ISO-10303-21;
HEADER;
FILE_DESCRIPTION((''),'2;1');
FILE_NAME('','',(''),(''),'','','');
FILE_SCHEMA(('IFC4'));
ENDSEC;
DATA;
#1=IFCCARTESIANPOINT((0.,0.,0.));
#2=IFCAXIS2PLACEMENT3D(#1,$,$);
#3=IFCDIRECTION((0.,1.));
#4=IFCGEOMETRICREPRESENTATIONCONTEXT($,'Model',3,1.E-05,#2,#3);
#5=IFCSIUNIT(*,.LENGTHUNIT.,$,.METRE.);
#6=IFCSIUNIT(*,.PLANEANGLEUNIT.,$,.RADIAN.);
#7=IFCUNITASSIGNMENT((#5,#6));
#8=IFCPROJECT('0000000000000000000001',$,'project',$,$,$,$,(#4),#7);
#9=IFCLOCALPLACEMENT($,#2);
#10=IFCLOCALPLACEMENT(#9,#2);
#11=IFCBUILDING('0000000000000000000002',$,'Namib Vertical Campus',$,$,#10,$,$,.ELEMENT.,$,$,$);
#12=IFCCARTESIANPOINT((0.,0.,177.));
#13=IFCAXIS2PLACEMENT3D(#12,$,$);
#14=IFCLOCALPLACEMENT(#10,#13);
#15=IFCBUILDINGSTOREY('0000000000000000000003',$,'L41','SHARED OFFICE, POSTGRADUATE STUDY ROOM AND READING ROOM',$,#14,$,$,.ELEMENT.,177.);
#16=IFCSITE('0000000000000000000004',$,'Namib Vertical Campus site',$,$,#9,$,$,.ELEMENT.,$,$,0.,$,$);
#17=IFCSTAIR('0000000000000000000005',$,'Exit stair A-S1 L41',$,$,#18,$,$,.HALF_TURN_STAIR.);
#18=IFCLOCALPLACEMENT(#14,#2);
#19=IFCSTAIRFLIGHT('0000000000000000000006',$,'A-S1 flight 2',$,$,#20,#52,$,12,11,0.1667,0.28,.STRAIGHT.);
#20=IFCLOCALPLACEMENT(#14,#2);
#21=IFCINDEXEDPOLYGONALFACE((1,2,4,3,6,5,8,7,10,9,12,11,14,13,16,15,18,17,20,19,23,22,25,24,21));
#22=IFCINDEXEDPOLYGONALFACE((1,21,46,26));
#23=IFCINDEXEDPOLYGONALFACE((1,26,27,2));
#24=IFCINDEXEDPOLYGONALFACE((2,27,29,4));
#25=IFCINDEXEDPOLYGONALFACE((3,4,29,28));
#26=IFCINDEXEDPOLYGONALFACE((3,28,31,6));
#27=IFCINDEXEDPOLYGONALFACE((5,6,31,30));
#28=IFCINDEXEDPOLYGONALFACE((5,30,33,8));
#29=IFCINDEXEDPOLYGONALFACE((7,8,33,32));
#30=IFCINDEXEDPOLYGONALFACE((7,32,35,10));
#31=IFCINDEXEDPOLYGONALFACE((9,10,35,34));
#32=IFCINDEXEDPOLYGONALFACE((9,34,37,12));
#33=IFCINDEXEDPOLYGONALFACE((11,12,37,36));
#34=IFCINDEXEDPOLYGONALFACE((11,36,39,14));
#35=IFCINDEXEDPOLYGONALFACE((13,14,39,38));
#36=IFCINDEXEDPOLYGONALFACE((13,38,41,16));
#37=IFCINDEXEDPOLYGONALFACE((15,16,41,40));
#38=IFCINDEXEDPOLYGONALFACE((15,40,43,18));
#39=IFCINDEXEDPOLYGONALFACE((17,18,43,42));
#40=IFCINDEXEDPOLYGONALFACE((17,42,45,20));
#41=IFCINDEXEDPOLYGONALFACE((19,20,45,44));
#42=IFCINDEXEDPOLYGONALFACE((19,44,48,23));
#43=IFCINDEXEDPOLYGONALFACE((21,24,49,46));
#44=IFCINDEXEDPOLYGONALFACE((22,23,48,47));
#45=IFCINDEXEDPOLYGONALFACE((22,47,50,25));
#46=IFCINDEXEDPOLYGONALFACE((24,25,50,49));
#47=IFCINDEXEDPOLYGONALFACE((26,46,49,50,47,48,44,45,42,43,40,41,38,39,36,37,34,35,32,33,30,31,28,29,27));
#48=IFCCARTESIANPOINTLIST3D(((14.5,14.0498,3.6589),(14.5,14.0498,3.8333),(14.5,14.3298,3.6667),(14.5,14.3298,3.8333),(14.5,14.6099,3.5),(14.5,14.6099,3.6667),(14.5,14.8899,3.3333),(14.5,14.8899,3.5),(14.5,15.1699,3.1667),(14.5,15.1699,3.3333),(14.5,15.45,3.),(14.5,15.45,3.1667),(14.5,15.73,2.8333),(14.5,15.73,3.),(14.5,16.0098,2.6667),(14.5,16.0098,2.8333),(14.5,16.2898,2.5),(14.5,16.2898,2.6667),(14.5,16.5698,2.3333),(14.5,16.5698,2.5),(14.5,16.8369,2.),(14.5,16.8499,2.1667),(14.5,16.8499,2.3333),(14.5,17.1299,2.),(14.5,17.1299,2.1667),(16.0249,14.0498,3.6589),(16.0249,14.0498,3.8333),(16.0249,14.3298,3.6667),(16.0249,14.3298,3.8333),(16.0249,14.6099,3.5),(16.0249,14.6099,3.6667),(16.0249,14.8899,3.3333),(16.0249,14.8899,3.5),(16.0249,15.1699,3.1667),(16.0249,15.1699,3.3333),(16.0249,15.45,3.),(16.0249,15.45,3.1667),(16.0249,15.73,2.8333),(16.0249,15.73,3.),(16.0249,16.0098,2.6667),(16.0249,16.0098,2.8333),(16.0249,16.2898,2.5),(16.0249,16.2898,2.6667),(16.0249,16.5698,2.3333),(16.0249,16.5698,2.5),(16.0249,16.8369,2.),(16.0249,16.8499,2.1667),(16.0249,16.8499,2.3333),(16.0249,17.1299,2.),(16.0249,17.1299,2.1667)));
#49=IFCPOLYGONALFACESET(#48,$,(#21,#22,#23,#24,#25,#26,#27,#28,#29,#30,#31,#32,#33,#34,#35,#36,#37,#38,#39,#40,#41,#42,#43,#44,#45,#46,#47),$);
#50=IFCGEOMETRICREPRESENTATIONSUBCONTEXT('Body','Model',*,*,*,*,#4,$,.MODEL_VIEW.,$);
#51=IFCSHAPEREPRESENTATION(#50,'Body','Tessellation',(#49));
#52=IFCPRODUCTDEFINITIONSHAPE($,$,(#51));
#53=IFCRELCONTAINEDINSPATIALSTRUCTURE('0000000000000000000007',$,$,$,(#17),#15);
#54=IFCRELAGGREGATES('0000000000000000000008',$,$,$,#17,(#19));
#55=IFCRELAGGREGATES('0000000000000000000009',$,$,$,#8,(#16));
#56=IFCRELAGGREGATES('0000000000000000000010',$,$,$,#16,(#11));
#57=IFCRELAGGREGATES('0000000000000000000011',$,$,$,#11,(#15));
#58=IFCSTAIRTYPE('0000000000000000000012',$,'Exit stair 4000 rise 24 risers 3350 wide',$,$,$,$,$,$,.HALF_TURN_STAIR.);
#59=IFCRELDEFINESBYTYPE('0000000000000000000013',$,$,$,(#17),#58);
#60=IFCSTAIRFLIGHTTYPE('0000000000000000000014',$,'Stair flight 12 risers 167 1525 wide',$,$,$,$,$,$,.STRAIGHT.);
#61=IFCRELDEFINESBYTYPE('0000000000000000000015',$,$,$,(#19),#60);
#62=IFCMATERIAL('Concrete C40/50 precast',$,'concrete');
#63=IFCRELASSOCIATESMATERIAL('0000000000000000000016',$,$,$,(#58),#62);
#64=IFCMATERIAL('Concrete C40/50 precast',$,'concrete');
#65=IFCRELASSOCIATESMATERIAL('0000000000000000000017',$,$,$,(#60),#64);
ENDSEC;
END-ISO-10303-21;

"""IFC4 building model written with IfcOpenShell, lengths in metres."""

from ifc_helpers import new_model, si_unit, direction, frame, origin, place, context, subcontext, project, spatial, polyline, outline, extrude, material, type_object, element, aggregate, save


model = new_model("IFC4")

# Units and contexts
model_context = context("Model", 3, precision=1e-05, world=origin(), true_north=direction((0.0, 1.0)))
body_context = subcontext(model_context, "Body", "Model", "MODEL_VIEW")
ifc_project = project(units=[si_unit("LENGTHUNIT", "METRE"), si_unit("PLANEANGLEUNIT", "RADIAN")], contexts=[model_context])

# Site, building, storey
site_placement = place(None, origin())
site = spatial("IfcSite", under=ifc_project, at=site_placement, Name="Namib Vertical Campus site", CompositionType="ELEMENT", RefElevation=0.0)
building_placement = place(site_placement, origin())
building = spatial("IfcBuilding", under=site, at=building_placement, Name="Namib Vertical Campus", CompositionType="ELEMENT")
storey_placement = place(building_placement, frame((0.0, 0.0, 177.0)))
storey = spatial("IfcBuildingStorey", under=building, at=storey_placement, Name="L41", Description="SHARED OFFICE, POSTGRADUATE STUDY ROOM AND READING ROOM", CompositionType="ELEMENT", Elevation=177.0)

# Stair, stair flight
ifc_material_1 = material(Name="Concrete C40/50 precast", Category="concrete")
stair_type = type_object("IfcStairType", Name="Exit stair 4000 rise 24 risers 3350 wide", PredefinedType="HALF_TURN_STAIR", material=ifc_material_1)
stair_placement = place(storey_placement, origin())
stair = element("IfcStair", 1, at=stair_placement, inside=storey, type_object=stair_type, Name="Exit stair A-S1 L41", PredefinedType="HALF_TURN_STAIR")
ifc_material_2 = material(Name="Concrete C40/50 precast", Category="concrete")
stair_flight_type = type_object("IfcStairFlightType", Name="Stair flight 12 risers 167 1525 wide", PredefinedType="STRAIGHT", material=ifc_material_2)
stair_flight_placement = place(storey_placement, frame((15.2625, 17.1299, 2.0), z_axis=(0.0, 0.0, 1.0), x_axis=(0.0, -1.0, 0.0)))
stair_flight = element("IfcStairFlight", 2, at=stair_flight_placement, type_object=stair_flight_type, Name="A-S1 flight 2", NumberOfRisers=12, NumberOfTreads=11, PredefinedType="STRAIGHT", RiserHeight=0.1667, TreadLength=0.28, context=body_context, shape_type="SweptSolid", body=[
    extrude(outline(polyline([(0.0, 0.0), (0.0, 0.1667), (0.28, 0.1667), (0.28, 0.3333), (0.5601, 0.3333), (0.5601, 0.5), (0.8401, 0.5), (0.8401, 0.6667), (1.1201, 0.6667), (1.1201, 0.8333), (1.3999, 0.8333), (1.3999, 1.0), (1.6799, 1.0), (1.6799, 1.1667), (1.96, 1.1667), (1.96, 1.3333), (2.24, 1.3333), (2.24, 1.5), (2.52, 1.5), (2.52, 1.6667), (2.8, 1.6667), (2.8, 1.8333), (3.0801, 1.8333), (3.0801, 2.0), (3.0801, 1.6589), (0.293, 0.0), (0.0, 0.0)])), frame((0.0, 0.7625, 0.0), z_axis=(0.0, -1.0, 0.0), x_axis=(1.0, 0.0, 0.0)), (0.0, 0.0, 1.0), 1.5249),
])
aggregate(stair, [stair_flight])

save(model, "model.ifc")
